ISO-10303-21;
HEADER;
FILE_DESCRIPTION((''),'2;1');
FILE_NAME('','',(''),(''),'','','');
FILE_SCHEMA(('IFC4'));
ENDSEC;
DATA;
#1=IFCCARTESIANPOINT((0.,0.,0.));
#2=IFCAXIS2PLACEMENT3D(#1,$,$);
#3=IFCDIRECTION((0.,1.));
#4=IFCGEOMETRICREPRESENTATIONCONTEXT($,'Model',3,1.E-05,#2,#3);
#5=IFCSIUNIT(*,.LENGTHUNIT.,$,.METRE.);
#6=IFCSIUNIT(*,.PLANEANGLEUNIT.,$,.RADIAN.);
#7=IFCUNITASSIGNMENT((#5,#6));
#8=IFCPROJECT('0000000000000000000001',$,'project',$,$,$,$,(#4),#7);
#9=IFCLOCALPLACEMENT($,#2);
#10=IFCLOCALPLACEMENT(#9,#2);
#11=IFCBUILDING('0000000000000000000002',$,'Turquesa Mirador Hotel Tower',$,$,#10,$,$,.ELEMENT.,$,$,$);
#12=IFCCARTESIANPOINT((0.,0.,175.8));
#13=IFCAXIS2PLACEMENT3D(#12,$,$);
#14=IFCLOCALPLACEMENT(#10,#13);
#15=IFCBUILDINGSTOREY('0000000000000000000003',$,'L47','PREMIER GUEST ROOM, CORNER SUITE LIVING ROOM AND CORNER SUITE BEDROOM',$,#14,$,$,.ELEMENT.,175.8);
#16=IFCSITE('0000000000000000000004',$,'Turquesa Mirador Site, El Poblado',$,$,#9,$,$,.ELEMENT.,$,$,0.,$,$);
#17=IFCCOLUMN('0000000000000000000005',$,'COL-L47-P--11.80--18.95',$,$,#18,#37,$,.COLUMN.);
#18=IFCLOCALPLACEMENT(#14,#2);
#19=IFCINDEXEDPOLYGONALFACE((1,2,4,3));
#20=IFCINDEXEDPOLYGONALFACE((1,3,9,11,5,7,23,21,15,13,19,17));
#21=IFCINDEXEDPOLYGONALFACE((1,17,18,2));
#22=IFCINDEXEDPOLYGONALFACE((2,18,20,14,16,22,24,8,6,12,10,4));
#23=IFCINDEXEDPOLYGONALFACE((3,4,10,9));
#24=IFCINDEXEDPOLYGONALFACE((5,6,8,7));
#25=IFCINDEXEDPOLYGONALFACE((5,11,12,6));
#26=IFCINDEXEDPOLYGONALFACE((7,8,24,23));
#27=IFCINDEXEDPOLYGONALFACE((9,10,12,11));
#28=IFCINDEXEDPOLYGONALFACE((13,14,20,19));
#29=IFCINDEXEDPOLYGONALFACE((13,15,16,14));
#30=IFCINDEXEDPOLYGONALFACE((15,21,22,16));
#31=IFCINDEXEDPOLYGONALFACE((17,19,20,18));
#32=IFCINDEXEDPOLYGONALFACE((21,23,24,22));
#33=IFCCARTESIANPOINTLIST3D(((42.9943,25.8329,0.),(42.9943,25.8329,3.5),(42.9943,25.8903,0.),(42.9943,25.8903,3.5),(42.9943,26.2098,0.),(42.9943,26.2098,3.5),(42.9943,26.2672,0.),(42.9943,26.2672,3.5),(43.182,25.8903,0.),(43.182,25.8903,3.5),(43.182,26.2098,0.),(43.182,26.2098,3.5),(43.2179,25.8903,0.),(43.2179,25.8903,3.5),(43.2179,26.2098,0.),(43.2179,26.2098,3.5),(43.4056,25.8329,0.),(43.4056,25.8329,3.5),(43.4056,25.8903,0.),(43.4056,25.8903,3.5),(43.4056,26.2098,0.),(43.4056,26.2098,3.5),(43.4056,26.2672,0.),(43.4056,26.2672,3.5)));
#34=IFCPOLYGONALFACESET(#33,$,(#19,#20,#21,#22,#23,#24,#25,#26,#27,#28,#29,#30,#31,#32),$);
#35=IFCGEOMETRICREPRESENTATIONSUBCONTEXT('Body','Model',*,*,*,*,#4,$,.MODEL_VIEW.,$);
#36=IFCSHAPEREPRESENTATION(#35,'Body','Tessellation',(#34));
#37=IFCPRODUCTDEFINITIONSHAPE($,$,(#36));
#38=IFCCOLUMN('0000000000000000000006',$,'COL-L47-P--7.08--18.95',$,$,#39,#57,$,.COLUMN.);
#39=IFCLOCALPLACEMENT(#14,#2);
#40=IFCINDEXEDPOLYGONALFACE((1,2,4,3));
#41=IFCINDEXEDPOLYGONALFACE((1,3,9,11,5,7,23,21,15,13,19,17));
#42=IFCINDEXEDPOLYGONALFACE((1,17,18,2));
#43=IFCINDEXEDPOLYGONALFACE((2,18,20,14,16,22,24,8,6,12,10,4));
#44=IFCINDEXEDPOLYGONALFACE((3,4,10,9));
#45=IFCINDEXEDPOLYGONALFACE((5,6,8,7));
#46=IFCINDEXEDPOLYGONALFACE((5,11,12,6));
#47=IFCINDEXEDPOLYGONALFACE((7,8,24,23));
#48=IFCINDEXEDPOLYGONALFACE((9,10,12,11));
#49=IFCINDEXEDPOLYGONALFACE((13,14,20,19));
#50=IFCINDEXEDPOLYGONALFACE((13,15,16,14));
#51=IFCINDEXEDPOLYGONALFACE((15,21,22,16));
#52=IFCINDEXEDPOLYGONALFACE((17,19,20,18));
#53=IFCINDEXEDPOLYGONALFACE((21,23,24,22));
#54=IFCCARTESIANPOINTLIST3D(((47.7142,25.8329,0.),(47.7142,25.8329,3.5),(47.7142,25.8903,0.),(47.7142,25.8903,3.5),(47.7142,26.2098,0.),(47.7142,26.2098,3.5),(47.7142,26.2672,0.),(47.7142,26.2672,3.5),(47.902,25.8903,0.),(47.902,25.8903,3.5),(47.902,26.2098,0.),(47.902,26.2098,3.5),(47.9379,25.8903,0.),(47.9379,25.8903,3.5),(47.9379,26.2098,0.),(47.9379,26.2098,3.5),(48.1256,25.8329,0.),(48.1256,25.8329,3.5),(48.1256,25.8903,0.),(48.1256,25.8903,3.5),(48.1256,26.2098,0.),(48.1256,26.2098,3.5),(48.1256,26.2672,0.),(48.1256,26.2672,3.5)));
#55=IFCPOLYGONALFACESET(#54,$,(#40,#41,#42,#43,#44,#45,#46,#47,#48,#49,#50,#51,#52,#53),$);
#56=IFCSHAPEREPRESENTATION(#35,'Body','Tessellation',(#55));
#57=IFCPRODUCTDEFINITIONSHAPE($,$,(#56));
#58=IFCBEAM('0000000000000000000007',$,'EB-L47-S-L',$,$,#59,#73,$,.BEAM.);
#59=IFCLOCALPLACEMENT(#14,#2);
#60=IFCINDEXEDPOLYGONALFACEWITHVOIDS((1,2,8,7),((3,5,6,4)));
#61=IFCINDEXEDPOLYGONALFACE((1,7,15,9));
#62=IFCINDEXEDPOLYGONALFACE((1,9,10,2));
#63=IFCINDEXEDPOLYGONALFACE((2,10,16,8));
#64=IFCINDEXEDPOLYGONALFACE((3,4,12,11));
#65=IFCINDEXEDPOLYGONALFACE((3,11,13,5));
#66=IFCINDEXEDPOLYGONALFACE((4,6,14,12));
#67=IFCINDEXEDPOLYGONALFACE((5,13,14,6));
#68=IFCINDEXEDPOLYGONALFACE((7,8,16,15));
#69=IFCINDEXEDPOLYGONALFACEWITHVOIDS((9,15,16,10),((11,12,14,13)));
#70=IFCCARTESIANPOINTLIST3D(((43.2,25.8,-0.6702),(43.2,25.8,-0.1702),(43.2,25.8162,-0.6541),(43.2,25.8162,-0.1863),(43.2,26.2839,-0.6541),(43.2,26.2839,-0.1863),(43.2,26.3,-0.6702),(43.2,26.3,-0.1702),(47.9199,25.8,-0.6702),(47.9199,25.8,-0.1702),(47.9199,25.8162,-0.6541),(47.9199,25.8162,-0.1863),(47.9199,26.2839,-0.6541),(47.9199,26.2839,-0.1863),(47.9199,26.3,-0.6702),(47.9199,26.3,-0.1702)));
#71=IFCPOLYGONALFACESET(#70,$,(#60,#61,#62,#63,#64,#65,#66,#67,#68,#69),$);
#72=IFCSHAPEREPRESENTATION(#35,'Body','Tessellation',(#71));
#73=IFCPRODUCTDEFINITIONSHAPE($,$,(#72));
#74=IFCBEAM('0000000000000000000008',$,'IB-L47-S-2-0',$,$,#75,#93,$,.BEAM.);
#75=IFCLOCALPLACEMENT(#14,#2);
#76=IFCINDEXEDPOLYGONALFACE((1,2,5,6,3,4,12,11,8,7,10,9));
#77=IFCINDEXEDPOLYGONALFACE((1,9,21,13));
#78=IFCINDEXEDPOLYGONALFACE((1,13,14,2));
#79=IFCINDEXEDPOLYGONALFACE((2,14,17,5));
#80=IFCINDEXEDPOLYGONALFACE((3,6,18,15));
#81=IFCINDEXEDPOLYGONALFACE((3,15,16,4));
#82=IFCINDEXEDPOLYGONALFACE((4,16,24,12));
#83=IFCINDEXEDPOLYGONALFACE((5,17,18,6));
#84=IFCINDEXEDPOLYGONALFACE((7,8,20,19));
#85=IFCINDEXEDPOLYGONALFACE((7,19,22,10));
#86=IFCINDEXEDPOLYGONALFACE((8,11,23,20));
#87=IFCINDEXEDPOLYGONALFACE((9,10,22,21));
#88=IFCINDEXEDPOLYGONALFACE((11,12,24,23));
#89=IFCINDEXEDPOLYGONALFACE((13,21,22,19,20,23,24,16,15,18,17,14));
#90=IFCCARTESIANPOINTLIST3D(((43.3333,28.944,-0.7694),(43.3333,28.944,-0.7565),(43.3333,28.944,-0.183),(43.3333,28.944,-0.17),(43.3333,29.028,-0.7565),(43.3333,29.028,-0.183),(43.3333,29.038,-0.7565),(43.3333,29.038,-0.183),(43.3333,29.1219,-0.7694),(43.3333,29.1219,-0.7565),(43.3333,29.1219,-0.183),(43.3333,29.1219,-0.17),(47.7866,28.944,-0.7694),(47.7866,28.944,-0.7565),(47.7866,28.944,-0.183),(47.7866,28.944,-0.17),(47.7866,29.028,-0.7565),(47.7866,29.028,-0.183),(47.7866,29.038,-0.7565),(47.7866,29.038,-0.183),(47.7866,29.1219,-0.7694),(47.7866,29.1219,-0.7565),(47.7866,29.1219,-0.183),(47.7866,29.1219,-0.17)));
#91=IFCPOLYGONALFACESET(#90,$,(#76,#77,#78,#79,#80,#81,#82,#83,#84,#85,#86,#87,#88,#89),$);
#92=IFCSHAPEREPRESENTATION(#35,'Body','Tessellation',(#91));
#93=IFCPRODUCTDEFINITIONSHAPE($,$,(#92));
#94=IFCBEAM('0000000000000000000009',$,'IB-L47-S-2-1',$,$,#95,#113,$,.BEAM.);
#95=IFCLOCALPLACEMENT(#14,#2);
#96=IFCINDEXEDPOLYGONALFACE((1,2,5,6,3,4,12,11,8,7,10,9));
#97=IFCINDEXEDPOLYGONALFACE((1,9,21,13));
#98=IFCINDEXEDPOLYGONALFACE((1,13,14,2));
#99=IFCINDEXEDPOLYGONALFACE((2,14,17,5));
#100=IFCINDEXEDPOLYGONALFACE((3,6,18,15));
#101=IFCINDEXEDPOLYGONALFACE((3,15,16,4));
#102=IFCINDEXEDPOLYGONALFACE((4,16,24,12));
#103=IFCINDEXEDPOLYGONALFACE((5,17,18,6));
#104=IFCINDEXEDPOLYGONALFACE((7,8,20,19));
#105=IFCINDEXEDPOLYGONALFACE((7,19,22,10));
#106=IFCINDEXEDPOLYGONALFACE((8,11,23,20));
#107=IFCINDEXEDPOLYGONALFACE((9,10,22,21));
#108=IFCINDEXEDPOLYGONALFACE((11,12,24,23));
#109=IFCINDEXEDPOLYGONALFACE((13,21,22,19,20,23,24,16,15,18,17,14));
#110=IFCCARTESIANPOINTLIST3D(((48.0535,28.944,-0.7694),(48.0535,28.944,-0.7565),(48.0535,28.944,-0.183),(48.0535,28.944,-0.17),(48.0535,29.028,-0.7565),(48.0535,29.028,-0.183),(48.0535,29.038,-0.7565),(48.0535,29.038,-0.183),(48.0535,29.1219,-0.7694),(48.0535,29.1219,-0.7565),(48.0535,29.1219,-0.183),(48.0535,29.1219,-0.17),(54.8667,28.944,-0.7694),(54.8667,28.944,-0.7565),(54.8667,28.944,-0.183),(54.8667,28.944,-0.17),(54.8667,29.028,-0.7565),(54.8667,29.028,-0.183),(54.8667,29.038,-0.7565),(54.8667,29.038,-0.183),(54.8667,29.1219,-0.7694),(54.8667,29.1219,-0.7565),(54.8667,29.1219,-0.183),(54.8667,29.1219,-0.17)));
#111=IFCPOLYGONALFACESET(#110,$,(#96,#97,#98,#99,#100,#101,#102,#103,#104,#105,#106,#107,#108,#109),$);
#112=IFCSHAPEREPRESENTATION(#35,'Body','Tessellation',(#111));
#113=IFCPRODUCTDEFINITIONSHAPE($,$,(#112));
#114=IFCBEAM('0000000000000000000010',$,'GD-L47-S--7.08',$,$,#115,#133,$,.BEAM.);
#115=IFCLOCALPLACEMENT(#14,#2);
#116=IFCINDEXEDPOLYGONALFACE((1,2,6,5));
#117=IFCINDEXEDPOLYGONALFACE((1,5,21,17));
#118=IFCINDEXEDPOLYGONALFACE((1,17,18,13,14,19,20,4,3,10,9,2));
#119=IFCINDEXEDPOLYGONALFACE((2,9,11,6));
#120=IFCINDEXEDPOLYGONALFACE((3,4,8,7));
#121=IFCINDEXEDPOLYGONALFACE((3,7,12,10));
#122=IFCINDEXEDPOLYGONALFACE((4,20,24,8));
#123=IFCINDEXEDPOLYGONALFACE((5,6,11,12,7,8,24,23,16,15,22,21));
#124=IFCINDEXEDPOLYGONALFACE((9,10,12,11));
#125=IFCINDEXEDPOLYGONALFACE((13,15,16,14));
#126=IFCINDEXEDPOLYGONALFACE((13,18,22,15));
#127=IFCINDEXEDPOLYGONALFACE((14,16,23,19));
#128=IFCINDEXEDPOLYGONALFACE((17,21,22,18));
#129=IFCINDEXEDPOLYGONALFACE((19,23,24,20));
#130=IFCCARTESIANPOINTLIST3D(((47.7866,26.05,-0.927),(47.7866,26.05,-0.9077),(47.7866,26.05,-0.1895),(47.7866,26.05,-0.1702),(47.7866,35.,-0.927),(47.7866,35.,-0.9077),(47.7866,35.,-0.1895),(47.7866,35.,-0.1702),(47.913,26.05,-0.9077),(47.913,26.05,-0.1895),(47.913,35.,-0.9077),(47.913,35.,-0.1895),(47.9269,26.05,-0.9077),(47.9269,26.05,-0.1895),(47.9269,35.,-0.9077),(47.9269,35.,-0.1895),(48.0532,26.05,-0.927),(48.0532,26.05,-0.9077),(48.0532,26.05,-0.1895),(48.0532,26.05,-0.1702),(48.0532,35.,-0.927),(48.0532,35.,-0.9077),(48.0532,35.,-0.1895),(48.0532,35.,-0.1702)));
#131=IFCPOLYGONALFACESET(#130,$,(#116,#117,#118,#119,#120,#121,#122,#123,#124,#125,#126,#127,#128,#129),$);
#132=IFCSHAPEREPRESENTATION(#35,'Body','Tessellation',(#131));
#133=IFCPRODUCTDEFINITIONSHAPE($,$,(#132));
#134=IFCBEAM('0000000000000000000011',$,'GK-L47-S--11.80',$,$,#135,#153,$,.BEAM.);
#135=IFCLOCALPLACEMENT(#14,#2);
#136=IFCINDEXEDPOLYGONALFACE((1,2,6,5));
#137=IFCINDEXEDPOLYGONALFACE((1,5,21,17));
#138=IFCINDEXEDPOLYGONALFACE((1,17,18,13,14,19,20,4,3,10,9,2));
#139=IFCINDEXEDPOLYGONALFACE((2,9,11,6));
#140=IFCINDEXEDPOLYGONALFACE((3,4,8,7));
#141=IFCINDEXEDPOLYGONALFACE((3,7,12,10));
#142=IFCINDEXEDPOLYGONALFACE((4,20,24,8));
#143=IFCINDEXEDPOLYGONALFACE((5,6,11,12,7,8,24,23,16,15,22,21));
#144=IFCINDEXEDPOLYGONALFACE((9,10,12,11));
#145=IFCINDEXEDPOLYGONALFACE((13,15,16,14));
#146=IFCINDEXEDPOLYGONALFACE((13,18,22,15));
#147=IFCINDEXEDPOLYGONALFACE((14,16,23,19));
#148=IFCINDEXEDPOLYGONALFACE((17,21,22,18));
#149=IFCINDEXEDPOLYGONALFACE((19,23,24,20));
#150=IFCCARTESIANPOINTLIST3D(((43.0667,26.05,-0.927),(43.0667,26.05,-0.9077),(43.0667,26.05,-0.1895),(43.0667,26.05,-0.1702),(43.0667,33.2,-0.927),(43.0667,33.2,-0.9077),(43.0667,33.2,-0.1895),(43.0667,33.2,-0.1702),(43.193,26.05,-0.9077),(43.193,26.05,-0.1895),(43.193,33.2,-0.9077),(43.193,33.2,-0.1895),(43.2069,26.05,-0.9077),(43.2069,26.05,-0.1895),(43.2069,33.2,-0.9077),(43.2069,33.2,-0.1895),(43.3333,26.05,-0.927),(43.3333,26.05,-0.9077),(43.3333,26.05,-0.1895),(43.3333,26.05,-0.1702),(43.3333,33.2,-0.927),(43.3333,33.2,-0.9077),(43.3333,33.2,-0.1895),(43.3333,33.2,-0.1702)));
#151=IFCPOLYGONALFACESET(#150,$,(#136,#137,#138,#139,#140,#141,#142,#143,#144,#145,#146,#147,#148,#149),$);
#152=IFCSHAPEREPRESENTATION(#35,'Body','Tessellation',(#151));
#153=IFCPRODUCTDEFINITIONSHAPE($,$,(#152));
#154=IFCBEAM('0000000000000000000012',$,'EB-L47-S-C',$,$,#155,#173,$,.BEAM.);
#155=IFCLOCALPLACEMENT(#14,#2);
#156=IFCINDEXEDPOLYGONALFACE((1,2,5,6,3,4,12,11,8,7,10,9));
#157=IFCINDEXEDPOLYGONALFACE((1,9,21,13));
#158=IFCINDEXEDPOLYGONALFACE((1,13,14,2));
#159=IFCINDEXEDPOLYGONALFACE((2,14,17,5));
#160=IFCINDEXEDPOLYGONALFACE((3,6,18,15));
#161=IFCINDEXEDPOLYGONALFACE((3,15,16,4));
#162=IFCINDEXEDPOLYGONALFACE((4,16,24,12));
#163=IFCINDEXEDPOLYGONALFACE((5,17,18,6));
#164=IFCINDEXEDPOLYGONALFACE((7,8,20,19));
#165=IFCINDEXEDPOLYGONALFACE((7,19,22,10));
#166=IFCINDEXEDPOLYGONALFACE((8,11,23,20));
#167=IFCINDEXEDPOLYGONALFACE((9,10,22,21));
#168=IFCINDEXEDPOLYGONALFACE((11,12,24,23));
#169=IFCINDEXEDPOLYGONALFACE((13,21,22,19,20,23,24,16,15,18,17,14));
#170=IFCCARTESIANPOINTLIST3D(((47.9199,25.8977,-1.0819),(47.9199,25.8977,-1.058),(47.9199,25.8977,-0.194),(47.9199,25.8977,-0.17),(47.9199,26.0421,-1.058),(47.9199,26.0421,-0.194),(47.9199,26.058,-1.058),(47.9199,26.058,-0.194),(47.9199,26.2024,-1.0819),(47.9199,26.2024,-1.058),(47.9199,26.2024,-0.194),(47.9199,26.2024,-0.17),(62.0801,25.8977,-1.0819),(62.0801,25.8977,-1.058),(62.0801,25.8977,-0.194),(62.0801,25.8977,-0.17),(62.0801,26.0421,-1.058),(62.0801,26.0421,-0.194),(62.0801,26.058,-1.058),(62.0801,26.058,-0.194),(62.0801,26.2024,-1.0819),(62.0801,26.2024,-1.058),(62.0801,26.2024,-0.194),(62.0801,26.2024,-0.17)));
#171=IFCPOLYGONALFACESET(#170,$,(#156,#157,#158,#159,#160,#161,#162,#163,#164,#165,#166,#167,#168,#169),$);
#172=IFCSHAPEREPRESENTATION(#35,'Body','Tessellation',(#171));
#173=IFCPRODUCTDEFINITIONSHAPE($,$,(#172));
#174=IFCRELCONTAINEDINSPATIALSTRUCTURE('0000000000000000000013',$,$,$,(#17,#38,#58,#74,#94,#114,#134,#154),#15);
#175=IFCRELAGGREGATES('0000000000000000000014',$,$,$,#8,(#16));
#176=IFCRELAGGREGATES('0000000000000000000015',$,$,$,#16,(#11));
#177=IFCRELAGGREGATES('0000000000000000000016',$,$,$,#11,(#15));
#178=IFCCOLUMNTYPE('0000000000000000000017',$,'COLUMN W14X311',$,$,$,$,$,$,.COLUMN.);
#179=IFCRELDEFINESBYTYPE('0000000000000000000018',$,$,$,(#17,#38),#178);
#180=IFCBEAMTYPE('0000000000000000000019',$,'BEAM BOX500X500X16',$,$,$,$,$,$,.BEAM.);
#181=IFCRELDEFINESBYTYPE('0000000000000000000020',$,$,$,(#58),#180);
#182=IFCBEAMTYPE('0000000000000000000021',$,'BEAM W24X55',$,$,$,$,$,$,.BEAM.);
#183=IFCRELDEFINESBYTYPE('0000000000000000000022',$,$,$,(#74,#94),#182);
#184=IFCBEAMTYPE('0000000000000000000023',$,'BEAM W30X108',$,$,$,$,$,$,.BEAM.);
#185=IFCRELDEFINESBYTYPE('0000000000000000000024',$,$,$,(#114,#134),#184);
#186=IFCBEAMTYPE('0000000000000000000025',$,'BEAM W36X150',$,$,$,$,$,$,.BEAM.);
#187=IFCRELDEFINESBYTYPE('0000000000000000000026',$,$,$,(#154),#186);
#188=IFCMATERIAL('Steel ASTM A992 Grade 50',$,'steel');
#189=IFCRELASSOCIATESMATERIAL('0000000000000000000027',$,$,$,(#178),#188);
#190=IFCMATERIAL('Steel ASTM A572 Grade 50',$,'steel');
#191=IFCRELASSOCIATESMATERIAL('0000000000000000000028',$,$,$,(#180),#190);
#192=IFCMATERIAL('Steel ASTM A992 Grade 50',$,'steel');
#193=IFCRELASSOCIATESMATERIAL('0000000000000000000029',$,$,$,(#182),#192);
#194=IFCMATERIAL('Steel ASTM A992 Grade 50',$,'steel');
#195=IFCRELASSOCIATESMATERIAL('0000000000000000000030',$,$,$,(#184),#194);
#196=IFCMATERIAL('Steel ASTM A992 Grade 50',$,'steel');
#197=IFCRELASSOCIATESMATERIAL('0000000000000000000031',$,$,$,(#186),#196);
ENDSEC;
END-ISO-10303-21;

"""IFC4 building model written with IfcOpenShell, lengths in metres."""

from ifc_helpers import new_model, si_unit, direction, frame, origin, origin_2d, place, context, subcontext, project, spatial, hollow_rectangle, i_section, extrude, material, material_profile, profile_set, type_object, element, save


model = new_model("IFC4")

# Units and contexts
model_context = context("Model", 3, precision=1e-05, world=origin(), true_north=direction((0.0, 1.0)))
body_context = subcontext(model_context, "Body", "Model", "MODEL_VIEW")
ifc_project = project(units=[si_unit("LENGTHUNIT", "METRE"), si_unit("PLANEANGLEUNIT", "RADIAN")], contexts=[model_context])

# Site, building, storey
site_placement = place(None, origin())
site = spatial("IfcSite", under=ifc_project, at=site_placement, Name="Turquesa Mirador Site, El Poblado", CompositionType="ELEMENT", RefElevation=0.0)
building_placement = place(site_placement, origin())
building = spatial("IfcBuilding", under=site, at=building_placement, Name="Turquesa Mirador Hotel Tower", CompositionType="ELEMENT")
storey_placement = place(building_placement, frame((0.0, 0.0, 175.8)))
storey = spatial("IfcBuildingStorey", under=building, at=storey_placement, Name="L47", Description="PREMIER GUEST ROOM, CORNER SUITE LIVING ROOM AND CORNER SUITE BEDROOM", CompositionType="ELEMENT", Elevation=175.8)

# Columns
ifc_material_1 = material(Name="Steel ASTM A992 Grade 50", Category="steel")
ifc_material_profile_1 = material_profile(ifc_material_1, i_section(OverallWidth=0.4114, OverallDepth=0.4343, WebThickness=0.0359, FlangeThickness=0.0574, at=origin_2d()), Name="W14X311")
ifc_profile_set_1 = profile_set([ifc_material_profile_1], Name="Steel ASTM A992 Grade 50")
column_type = type_object("IfcColumnType", Name="COLUMN W14X311", PredefinedType="COLUMN", material=ifc_profile_set_1)
for number, where, z_axis, x_axis, name in (
    (1, (43.2, 26.05, 0.0), (0.0, 0.0, 1.0), (1.0, 0.0, 0.0), "COL-L47-P--11.80--18.95"),
    (2, (47.9199, 26.05, 0.0), (0.0, 0.0, 1.0), (1.0, 0.0, 0.0), "COL-L47-P--7.08--18.95"),
):
    element("IfcColumn", number, at=place(storey_placement, frame(where, z_axis=z_axis, x_axis=x_axis)), inside=storey, type_object=column_type, Name=name, PredefinedType="COLUMN", context=body_context, shape_type="SweptSolid", body=[
        extrude(i_section(OverallWidth=0.4114, OverallDepth=0.4343, WebThickness=0.0359, FlangeThickness=0.0574, at=origin_2d()), origin(), (0.0, 0.0, 1.0), 3.5),
    ])

# Beams
ifc_material_2 = material(Name="Steel ASTM A572 Grade 50", Category="steel")
ifc_material_profile_2 = material_profile(ifc_material_2, hollow_rectangle(XDim=0.5, YDim=0.5, WallThickness=0.0161, at=origin_2d()), Name="BOX500X500X16")
ifc_profile_set_2 = profile_set([ifc_material_profile_2], Name="Steel ASTM A572 Grade 50")
beam_type_1 = type_object("IfcBeamType", Name="BEAM BOX500X500X16", PredefinedType="BEAM", material=ifc_profile_set_2)
beam_1_placement = place(storey_placement, frame((43.2, 26.05, -0.4202), z_axis=(1.0, 0.0, 0.0), x_axis=(0.0, 1.0, 0.0)))
element("IfcBeam", 3, at=beam_1_placement, inside=storey, type_object=beam_type_1, Name="EB-L47-S-L", PredefinedType="BEAM", context=body_context, shape_type="SweptSolid", body=[
    extrude(hollow_rectangle(XDim=0.5, YDim=0.5, WallThickness=0.0161, at=origin_2d()), origin(), (0.0, 0.0, 1.0), 4.72),
])
ifc_material_3 = material(Name="Steel ASTM A992 Grade 50", Category="steel")
ifc_material_profile_3 = material_profile(ifc_material_3, i_section(OverallWidth=0.178, OverallDepth=0.5994, WebThickness=0.01, FlangeThickness=0.0129, at=origin_2d()), Name="W24X55")
ifc_profile_set_3 = profile_set([ifc_material_profile_3], Name="Steel ASTM A992 Grade 50")
beam_type_2 = type_object("IfcBeamType", Name="BEAM W24X55", PredefinedType="BEAM", material=ifc_profile_set_3)
beam_2_placement = place(storey_placement, frame((43.3333, 29.033, -0.4697), z_axis=(1.0, 0.0, 0.0), x_axis=(0.0, 1.0, 0.0)))
element("IfcBeam", 4, at=beam_2_placement, inside=storey, type_object=beam_type_2, Name="IB-L47-S-2-0", PredefinedType="BEAM", context=body_context, shape_type="SweptSolid", body=[
    extrude(i_section(OverallWidth=0.178, OverallDepth=0.5994, WebThickness=0.01, FlangeThickness=0.0129, at=origin_2d()), origin(), (0.0, 0.0, 1.0), 4.4534),
])
beam_3_placement = place(storey_placement, frame((48.0535, 29.033, -0.4697), z_axis=(1.0, 0.0, 0.0), x_axis=(0.0, 1.0, 0.0)))
element("IfcBeam", 5, at=beam_3_placement, inside=storey, type_object=beam_type_2, Name="IB-L47-S-2-1", PredefinedType="BEAM", context=body_context, shape_type="SweptSolid", body=[
    extrude(i_section(OverallWidth=0.178, OverallDepth=0.5994, WebThickness=0.01, FlangeThickness=0.0129, at=origin_2d()), origin(), (0.0, 0.0, 1.0), 6.8132),
])
ifc_material_4 = material(Name="Steel ASTM A992 Grade 50", Category="steel")
ifc_material_profile_4 = material_profile(ifc_material_4, i_section(OverallWidth=0.2666, OverallDepth=0.7568, WebThickness=0.0139, FlangeThickness=0.0193, at=origin_2d()), Name="W30X108")
ifc_profile_set_4 = profile_set([ifc_material_profile_4], Name="Steel ASTM A992 Grade 50")
beam_type_3 = type_object("IfcBeamType", Name="BEAM W30X108", PredefinedType="BEAM", material=ifc_profile_set_4)
beam_4_placement = place(storey_placement, frame((47.9199, 26.05, -0.5486), z_axis=(0.0, 1.0, 0.0), x_axis=(-1.0, 0.0, 0.0)))
element("IfcBeam", 6, at=beam_4_placement, inside=storey, type_object=beam_type_3, Name="GD-L47-S--7.08", PredefinedType="BEAM", context=body_context, shape_type="SweptSolid", body=[
    extrude(i_section(OverallWidth=0.2666, OverallDepth=0.7568, WebThickness=0.0139, FlangeThickness=0.0193, at=origin_2d()), origin(), (0.0, 0.0, 1.0), 8.95),
])
beam_5_placement = place(storey_placement, frame((43.2, 26.05, -0.5486), z_axis=(0.0, 1.0, 0.0), x_axis=(-1.0, 0.0, 0.0)))
element("IfcBeam", 7, at=beam_5_placement, inside=storey, type_object=beam_type_3, Name="GK-L47-S--11.80", PredefinedType="BEAM", context=body_context, shape_type="SweptSolid", body=[
    extrude(i_section(OverallWidth=0.2666, OverallDepth=0.7568, WebThickness=0.0139, FlangeThickness=0.0193, at=origin_2d()), origin(), (0.0, 0.0, 1.0), 7.1499),
])
ifc_material_5 = material(Name="Steel ASTM A992 Grade 50", Category="steel")
ifc_material_profile_5 = material_profile(ifc_material_5, i_section(OverallWidth=0.3047, OverallDepth=0.9119, WebThickness=0.0159, FlangeThickness=0.0239, at=origin_2d()), Name="W36X150")
ifc_profile_set_5 = profile_set([ifc_material_profile_5], Name="Steel ASTM A992 Grade 50")
beam_type_4 = type_object("IfcBeamType", Name="BEAM W36X150", PredefinedType="BEAM", material=ifc_profile_set_5)
beam_6_placement = place(storey_placement, frame((47.9199, 26.05, -0.626), z_axis=(1.0, 0.0, 0.0), x_axis=(0.0, 1.0, 0.0)))
element("IfcBeam", 8, at=beam_6_placement, inside=storey, type_object=beam_type_4, Name="EB-L47-S-C", PredefinedType="BEAM", context=body_context, shape_type="SweptSolid", body=[
    extrude(i_section(OverallWidth=0.3047, OverallDepth=0.9119, WebThickness=0.0159, FlangeThickness=0.0239, at=origin_2d()), origin(), (0.0, 0.0, 1.0), 14.1602),
])

save(model, "model.ifc")
